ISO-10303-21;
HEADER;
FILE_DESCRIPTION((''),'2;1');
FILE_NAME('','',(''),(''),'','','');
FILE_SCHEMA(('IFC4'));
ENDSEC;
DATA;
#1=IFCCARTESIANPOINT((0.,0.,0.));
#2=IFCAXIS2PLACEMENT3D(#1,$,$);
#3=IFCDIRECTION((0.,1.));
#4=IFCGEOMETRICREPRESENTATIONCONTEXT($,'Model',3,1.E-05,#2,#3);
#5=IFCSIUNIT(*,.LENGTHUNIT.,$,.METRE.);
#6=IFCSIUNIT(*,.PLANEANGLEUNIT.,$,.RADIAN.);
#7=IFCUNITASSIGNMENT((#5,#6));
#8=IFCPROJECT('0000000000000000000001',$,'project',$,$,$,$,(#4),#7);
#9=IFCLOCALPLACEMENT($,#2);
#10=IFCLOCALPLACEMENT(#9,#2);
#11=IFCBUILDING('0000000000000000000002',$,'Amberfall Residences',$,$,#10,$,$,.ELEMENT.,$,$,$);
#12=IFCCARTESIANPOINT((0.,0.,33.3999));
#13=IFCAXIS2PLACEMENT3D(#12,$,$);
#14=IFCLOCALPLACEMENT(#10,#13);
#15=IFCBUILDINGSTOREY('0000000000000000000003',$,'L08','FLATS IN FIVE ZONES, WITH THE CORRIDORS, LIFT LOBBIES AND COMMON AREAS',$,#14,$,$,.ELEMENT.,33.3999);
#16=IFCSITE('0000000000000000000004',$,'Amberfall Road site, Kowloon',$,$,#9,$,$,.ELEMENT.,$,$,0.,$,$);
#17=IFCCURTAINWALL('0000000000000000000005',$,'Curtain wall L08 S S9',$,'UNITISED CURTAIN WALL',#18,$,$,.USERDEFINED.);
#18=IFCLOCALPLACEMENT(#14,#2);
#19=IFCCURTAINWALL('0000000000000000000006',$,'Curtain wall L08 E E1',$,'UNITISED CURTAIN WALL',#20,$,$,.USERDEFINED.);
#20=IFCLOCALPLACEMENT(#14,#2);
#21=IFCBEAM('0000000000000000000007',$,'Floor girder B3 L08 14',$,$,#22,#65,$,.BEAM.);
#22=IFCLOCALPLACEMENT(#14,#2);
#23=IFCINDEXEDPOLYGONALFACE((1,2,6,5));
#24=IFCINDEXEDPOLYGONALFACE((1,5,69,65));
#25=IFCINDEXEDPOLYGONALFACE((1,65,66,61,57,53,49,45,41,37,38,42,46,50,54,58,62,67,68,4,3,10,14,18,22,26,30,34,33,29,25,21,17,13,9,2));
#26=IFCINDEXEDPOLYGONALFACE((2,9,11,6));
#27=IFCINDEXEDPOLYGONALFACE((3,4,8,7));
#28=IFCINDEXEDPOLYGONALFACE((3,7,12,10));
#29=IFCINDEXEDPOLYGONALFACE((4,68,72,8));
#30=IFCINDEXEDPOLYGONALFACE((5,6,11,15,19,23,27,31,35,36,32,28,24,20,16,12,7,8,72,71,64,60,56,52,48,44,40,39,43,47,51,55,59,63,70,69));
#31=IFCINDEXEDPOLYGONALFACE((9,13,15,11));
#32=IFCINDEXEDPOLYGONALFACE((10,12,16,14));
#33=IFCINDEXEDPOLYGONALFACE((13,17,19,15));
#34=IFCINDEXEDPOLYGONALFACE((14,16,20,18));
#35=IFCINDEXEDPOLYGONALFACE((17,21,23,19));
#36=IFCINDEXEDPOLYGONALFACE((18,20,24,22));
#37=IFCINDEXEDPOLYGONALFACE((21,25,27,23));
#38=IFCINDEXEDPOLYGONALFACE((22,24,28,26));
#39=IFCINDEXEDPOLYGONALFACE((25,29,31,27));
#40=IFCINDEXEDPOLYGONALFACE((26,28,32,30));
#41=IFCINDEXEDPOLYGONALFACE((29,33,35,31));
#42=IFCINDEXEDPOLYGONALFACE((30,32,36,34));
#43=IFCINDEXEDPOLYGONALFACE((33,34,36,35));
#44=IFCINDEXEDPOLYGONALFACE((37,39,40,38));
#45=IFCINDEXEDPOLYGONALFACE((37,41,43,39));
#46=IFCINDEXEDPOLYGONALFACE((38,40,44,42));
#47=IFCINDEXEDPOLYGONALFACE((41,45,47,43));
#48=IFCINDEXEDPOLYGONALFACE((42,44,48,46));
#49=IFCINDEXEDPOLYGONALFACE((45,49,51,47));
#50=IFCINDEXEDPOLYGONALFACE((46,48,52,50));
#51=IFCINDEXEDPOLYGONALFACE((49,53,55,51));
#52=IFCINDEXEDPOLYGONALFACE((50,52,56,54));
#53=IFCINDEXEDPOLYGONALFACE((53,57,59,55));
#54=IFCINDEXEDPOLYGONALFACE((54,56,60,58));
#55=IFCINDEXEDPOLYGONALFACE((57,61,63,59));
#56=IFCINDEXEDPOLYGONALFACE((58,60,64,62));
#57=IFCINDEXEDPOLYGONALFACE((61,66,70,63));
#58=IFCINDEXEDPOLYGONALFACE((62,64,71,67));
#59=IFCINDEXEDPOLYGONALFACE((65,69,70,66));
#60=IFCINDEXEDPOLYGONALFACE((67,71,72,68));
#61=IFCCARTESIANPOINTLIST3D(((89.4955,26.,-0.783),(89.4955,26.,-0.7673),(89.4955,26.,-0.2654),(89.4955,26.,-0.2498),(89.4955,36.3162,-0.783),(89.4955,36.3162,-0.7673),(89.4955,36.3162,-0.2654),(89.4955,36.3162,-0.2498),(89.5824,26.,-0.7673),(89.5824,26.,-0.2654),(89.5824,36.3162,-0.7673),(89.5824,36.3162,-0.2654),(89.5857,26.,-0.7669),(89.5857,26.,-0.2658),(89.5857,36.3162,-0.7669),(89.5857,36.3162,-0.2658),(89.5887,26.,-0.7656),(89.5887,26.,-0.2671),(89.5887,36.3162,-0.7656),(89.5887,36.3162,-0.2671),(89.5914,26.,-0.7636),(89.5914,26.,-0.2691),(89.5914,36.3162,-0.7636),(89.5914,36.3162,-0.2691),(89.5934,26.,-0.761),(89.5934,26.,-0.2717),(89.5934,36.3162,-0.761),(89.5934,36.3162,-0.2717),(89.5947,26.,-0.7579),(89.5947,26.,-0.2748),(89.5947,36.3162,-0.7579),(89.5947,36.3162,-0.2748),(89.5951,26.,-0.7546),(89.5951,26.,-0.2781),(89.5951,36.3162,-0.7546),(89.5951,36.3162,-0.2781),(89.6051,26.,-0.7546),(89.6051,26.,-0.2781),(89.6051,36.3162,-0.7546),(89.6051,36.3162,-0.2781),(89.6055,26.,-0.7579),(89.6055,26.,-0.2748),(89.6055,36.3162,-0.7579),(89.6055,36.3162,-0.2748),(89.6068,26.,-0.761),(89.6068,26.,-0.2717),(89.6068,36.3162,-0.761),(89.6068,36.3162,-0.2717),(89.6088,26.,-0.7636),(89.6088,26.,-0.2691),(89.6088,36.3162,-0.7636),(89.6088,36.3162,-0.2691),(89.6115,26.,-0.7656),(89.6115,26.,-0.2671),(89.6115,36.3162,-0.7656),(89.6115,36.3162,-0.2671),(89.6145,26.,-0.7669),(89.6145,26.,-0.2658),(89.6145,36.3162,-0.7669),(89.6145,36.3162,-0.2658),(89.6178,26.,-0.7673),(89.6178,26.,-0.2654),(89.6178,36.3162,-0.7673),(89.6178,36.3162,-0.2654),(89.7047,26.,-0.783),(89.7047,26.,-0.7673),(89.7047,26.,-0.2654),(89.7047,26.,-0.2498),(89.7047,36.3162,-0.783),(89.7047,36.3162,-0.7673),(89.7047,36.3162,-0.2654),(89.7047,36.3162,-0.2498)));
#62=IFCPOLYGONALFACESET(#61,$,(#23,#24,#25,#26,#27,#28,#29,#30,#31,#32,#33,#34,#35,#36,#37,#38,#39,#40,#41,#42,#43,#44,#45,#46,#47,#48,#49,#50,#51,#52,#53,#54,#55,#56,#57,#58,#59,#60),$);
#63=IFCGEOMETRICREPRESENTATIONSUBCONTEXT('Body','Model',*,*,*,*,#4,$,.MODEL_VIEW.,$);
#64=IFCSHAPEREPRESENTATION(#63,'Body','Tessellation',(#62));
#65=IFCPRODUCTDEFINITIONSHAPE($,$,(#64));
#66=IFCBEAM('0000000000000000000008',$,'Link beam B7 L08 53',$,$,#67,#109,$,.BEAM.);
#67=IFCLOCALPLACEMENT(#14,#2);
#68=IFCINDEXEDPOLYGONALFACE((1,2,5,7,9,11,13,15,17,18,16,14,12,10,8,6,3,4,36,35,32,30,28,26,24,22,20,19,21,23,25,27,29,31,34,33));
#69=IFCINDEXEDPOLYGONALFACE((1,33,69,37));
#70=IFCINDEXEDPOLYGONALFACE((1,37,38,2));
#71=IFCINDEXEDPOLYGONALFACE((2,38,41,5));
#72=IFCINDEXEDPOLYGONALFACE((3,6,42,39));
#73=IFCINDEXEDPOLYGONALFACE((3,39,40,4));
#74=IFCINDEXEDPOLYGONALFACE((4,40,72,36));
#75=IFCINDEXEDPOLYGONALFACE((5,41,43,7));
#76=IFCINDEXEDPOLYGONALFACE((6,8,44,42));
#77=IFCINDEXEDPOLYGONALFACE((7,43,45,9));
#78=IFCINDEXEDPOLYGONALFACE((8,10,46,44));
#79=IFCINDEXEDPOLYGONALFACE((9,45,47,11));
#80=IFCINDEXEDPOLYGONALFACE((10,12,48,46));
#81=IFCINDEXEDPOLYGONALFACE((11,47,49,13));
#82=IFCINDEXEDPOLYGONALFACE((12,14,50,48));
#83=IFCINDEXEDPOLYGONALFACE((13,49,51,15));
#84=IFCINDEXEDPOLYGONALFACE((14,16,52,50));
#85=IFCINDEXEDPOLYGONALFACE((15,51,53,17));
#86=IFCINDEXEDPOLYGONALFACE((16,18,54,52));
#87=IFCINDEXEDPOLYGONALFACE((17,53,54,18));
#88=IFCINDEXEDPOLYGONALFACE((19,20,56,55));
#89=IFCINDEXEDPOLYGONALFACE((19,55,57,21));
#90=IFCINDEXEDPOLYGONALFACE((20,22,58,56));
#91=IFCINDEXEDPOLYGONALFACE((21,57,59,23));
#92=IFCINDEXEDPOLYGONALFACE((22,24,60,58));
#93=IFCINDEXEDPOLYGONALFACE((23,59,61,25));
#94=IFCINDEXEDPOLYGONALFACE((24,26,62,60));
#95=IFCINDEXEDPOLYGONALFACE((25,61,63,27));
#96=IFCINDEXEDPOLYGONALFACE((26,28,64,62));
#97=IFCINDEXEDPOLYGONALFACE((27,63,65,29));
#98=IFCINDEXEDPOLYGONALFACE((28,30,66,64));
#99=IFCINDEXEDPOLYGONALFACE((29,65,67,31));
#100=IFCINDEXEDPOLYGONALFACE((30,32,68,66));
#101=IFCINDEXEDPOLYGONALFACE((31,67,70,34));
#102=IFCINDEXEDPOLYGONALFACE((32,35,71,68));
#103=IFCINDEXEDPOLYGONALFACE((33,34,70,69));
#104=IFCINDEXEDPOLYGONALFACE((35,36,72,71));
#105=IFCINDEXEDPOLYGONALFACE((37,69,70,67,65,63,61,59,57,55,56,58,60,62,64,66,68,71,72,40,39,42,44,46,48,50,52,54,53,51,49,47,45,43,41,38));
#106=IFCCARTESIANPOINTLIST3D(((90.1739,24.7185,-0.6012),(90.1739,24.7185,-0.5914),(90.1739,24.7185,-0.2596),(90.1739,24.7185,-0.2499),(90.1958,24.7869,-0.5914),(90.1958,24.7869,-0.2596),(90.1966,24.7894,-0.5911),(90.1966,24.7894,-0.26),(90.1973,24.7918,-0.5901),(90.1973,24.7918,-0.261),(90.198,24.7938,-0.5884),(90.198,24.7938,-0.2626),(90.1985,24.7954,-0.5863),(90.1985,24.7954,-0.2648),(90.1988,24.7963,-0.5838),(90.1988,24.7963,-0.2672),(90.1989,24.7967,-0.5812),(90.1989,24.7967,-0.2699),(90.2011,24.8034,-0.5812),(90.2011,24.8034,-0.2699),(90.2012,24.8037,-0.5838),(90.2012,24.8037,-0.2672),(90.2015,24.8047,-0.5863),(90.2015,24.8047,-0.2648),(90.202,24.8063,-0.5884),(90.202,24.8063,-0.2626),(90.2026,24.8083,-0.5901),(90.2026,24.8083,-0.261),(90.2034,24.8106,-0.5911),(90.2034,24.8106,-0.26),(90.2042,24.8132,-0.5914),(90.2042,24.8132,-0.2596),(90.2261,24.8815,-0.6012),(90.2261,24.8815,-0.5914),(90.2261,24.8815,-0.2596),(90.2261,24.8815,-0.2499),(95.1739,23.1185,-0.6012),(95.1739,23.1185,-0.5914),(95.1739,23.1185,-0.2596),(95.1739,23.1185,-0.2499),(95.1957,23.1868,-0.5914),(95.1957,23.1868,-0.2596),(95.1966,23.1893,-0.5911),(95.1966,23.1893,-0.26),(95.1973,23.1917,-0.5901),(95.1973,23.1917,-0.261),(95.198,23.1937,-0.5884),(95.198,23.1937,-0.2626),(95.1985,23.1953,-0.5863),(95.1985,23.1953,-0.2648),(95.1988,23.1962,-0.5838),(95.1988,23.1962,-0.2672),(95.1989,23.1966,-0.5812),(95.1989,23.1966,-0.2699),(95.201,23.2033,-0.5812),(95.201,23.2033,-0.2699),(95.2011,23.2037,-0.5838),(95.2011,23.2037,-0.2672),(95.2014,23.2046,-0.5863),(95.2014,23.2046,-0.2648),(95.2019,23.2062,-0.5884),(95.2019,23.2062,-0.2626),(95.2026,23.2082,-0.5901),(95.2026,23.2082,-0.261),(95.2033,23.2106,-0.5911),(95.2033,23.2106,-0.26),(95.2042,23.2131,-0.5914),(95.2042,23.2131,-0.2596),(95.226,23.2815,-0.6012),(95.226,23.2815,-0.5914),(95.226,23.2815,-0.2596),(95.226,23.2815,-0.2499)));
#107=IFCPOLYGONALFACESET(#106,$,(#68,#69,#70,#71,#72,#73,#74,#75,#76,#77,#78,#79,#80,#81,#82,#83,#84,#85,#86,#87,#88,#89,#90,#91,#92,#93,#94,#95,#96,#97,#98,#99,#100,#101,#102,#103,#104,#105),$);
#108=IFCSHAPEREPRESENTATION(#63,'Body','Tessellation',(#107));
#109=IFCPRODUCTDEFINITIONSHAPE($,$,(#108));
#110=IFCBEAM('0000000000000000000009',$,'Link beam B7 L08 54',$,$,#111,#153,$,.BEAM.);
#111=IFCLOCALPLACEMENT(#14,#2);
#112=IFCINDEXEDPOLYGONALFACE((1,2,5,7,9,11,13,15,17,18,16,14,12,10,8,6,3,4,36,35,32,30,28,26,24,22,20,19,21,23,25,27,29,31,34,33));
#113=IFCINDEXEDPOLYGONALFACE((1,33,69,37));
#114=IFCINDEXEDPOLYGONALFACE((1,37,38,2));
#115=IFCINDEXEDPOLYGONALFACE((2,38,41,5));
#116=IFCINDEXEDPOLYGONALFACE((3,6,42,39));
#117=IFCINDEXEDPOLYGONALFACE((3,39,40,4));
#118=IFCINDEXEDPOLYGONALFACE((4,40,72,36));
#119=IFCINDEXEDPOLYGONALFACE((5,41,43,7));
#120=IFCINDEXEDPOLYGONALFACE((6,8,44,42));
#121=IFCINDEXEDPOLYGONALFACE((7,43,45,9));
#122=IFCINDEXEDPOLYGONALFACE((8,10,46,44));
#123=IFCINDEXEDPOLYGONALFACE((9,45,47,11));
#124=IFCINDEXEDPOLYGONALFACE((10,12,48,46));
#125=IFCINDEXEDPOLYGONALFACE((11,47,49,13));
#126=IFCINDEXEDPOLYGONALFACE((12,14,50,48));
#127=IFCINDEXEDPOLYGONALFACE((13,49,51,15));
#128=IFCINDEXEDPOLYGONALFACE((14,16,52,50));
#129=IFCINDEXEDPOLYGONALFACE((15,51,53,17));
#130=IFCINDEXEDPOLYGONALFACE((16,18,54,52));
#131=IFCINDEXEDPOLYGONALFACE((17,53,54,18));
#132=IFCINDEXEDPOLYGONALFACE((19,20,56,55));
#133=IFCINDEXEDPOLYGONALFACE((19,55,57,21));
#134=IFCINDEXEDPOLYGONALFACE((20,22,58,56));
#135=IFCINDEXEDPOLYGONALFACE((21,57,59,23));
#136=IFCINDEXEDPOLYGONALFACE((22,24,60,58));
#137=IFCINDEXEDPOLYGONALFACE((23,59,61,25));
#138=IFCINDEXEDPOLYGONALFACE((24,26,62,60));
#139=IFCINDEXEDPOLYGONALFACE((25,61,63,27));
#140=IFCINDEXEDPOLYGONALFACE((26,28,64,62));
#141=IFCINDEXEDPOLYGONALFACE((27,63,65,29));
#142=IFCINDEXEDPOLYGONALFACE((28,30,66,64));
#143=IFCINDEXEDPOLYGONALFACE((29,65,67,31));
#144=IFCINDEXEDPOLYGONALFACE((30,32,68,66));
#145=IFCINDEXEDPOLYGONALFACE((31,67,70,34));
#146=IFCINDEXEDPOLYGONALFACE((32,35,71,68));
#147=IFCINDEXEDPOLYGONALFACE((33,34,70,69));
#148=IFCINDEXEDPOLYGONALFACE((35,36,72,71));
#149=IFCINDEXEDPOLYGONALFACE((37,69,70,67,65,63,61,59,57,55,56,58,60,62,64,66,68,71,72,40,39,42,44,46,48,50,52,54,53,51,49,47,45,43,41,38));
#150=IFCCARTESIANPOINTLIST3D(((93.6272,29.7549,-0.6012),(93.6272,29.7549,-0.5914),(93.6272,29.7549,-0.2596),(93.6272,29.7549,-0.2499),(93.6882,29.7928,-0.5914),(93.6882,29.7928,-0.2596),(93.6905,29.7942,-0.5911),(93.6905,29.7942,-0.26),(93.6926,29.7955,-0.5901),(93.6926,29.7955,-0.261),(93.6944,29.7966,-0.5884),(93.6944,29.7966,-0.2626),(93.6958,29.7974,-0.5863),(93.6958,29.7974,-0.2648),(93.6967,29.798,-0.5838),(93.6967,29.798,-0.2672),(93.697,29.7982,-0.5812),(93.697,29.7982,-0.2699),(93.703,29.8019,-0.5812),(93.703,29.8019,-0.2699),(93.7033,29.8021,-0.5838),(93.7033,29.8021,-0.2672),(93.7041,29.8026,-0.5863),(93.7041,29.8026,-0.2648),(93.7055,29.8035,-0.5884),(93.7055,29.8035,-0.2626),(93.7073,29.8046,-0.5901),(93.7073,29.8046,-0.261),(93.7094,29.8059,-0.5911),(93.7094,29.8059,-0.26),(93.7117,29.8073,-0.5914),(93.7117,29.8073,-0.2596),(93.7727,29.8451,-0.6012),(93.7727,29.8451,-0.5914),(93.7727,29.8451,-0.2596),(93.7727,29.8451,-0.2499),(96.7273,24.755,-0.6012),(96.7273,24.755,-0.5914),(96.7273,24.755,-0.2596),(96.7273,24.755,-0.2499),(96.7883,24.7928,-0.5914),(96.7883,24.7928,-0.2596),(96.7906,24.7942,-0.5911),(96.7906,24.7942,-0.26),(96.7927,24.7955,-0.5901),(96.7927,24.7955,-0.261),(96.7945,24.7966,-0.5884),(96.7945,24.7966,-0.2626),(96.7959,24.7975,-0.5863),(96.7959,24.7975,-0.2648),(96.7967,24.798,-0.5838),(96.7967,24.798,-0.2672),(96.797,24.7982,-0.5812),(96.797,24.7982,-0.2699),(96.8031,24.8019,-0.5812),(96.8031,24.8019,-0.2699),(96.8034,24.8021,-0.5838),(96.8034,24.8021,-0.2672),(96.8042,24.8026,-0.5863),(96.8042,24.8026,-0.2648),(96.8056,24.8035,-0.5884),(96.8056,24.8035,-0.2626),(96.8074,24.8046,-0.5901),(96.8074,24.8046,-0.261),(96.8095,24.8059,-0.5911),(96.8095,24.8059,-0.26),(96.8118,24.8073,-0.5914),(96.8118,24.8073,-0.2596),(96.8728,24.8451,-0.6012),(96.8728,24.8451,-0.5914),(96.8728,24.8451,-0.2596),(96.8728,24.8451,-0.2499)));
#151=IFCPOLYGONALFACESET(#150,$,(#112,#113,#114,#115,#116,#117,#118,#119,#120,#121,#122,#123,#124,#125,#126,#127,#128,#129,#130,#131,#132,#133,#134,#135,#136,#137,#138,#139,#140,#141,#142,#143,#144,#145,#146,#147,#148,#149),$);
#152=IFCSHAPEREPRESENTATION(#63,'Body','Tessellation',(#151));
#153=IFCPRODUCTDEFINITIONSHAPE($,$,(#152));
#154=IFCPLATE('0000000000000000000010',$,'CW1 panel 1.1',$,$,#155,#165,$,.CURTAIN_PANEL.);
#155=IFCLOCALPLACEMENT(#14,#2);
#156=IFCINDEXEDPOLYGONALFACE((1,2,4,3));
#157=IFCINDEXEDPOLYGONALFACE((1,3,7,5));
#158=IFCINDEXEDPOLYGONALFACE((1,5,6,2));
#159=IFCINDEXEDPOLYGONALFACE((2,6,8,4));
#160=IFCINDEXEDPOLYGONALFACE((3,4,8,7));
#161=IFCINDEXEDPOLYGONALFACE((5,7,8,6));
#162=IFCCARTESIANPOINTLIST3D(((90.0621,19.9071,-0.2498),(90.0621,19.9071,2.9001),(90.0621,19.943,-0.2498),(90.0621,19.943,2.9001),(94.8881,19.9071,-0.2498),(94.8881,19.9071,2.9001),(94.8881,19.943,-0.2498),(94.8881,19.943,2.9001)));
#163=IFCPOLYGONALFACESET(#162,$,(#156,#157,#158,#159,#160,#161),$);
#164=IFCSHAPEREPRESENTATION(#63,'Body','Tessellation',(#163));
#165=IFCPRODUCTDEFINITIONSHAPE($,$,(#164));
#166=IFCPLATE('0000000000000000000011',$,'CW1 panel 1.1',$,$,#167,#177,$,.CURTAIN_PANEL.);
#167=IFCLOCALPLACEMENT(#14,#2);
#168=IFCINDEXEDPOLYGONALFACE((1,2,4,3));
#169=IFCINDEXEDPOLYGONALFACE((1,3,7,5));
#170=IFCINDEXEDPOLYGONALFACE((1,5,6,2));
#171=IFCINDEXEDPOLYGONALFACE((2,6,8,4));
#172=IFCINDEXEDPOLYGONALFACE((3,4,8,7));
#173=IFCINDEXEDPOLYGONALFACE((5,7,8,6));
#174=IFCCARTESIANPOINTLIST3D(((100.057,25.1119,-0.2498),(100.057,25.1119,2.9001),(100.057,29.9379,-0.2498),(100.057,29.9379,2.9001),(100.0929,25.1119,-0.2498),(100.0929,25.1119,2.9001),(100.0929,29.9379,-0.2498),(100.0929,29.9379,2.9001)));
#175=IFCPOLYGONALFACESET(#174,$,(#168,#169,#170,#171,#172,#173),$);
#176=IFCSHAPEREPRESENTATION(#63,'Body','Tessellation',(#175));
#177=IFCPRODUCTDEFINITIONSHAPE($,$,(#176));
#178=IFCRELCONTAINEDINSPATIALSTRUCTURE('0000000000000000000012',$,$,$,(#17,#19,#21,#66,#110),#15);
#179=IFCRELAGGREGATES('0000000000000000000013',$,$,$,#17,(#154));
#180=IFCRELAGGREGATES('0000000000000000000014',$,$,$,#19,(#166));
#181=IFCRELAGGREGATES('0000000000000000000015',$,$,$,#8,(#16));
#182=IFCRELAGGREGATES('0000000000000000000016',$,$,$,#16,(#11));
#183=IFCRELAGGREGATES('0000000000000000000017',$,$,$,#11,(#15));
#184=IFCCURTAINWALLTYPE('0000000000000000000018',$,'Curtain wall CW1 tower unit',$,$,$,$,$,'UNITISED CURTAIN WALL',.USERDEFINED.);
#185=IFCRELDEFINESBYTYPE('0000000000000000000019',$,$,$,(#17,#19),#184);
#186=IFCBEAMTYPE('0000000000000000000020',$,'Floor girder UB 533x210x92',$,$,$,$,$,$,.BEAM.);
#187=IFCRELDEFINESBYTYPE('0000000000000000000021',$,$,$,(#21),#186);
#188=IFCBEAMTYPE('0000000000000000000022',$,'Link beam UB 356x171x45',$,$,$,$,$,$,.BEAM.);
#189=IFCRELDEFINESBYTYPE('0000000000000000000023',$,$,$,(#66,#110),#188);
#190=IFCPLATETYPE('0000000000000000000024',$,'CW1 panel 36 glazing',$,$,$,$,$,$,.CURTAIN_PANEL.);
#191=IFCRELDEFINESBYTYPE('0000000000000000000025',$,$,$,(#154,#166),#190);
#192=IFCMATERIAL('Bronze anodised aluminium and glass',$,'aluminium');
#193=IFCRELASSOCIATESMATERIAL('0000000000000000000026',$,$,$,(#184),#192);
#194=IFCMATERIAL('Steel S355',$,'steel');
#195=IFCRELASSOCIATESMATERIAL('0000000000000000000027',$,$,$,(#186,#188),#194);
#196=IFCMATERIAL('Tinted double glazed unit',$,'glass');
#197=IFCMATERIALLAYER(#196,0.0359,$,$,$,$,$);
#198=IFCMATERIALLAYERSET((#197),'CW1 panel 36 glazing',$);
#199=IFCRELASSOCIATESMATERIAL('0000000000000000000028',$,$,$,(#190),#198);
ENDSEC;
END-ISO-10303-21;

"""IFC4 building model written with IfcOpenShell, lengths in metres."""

from ifc_helpers import new_model, si_unit, direction, frame, origin, origin_2d, place, context, subcontext, project, spatial, rectangle, i_section, extrude, material, layer, layer_set, material_profile, profile_set, type_object, element, aggregate, save


model = new_model("IFC4")

# Units and contexts
model_context = context("Model", 3, precision=1e-05, world=origin(), true_north=direction((0.0, 1.0)))
body_context = subcontext(model_context, "Body", "Model", "MODEL_VIEW")
ifc_project = project(units=[si_unit("LENGTHUNIT", "METRE"), si_unit("PLANEANGLEUNIT", "RADIAN")], contexts=[model_context])

# Site, building, storey
site_placement = place(None, origin())
site = spatial("IfcSite", under=ifc_project, at=site_placement, Name="Amberfall Road site, Kowloon", CompositionType="ELEMENT", RefElevation=0.0)
building_placement = place(site_placement, origin())
building = spatial("IfcBuilding", under=site, at=building_placement, Name="Amberfall Residences", CompositionType="ELEMENT")
storey_placement = place(building_placement, frame((0.0, 0.0, 33.3999)))
storey = spatial("IfcBuildingStorey", under=building, at=storey_placement, Name="L08", Description="FLATS IN FIVE ZONES, WITH THE CORRIDORS, LIFT LOBBIES AND COMMON AREAS", CompositionType="ELEMENT", Elevation=33.3999)

# Curtain walls
ifc_material_1 = material(Name="Bronze anodised aluminium and glass", Category="aluminium")
curtain_wall_type = type_object("IfcCurtainWallType", Name="Curtain wall CW1 tower unit", ElementType="UNITISED CURTAIN WALL", PredefinedType="USERDEFINED", material=ifc_material_1)
curtain_wall_1_placement = place(storey_placement, origin())
curtain_wall_1 = element("IfcCurtainWall", 1, at=curtain_wall_1_placement, inside=storey, type_object=curtain_wall_type, Name="Curtain wall L08 S S9", ObjectType="UNITISED CURTAIN WALL", PredefinedType="USERDEFINED")
curtain_wall_2_placement = place(storey_placement, origin())
curtain_wall_2 = element("IfcCurtainWall", 2, at=curtain_wall_2_placement, inside=storey, type_object=curtain_wall_type, Name="Curtain wall L08 E E1", ObjectType="UNITISED CURTAIN WALL", PredefinedType="USERDEFINED")

# Beams
ifc_material_2 = material(Name="Steel S355", Category="steel")
ifc_material_profile_1 = material_profile(ifc_material_2, i_section(OverallWidth=0.2092, OverallDepth=0.5332, WebThickness=0.01, FlangeThickness=0.0156, FilletRadius=0.0127, at=origin_2d()), Name="UB 533x210x92")
ifc_profile_set_1 = profile_set([ifc_material_profile_1], Name="Steel S355")
beam_type_1 = type_object("IfcBeamType", Name="Floor girder UB 533x210x92", PredefinedType="BEAM", material=ifc_profile_set_1)
beam_1_placement = place(storey_placement, frame((89.6001, 26.0, -0.5164), z_axis=(0.0, 1.0, 0.0), x_axis=(-1.0, 0.0, 0.0)))
element("IfcBeam", 3, at=beam_1_placement, inside=storey, type_object=beam_type_1, Name="Floor girder B3 L08 14", PredefinedType="BEAM", context=body_context, shape_type="SweptSolid", body=[
    extrude(i_section(OverallWidth=0.2092, OverallDepth=0.5332, WebThickness=0.01, FlangeThickness=0.0156, FilletRadius=0.0127, at=origin_2d()), origin(), (0.0, 0.0, 1.0), 10.3162),
])
ifc_material_profile_2 = material_profile(ifc_material_2, i_section(OverallWidth=0.1711, OverallDepth=0.3513, WebThickness=0.0071, FlangeThickness=0.0098, FilletRadius=0.0103, at=origin_2d()), Name="UB 356x171x45")
ifc_profile_set_2 = profile_set([ifc_material_profile_2], Name="Steel S355")
beam_type_2 = type_object("IfcBeamType", Name="Link beam UB 356x171x45", PredefinedType="BEAM", material=ifc_profile_set_2)
beam_2_placement = place(storey_placement, frame((95.2, 23.2, -0.4255), z_axis=(-0.952419, 0.304793, 0.0), x_axis=(-0.304793, -0.952419, 0.0)))
element("IfcBeam", 4, at=beam_2_placement, inside=storey, type_object=beam_type_2, Name="Link beam B7 L08 53", PredefinedType="BEAM", context=body_context, shape_type="SweptSolid", body=[
    extrude(i_section(OverallWidth=0.1711, OverallDepth=0.3513, WebThickness=0.0071, FlangeThickness=0.0098, FilletRadius=0.0103, at=origin_2d()), origin(), (0.0, 0.0, 1.0), 5.2498),
])
beam_3_placement = place(storey_placement, frame((96.8, 24.8, -0.4255), z_axis=(-0.526952, 0.849895, 0.0), x_axis=(-0.849895, -0.526952, 0.0)))
element("IfcBeam", 5, at=beam_3_placement, inside=storey, type_object=beam_type_2, Name="Link beam B7 L08 54", PredefinedType="BEAM", context=body_context, shape_type="SweptSolid", body=[
    extrude(i_section(OverallWidth=0.1711, OverallDepth=0.3513, WebThickness=0.0071, FlangeThickness=0.0098, FilletRadius=0.0103, at=origin_2d()), origin(), (0.0, 0.0, 1.0), 5.8831),
])

# Plates
ifc_material_3 = material(Name="Tinted double glazed unit", Category="glass")
ifc_layer_1 = layer(ifc_material_3, 0.0359)
ifc_layer_set_1 = layer_set([ifc_layer_1], Name="CW1 panel 36 glazing")
plate_type = type_object("IfcPlateType", Name="CW1 panel 36 glazing", PredefinedType="CURTAIN_PANEL", material=ifc_layer_set_1)
plate_1_placement = place(storey_placement, frame((92.4751, 19.925, -0.2498), z_axis=(0.0, 0.0, 1.0), x_axis=(1.0, 0.0, 0.0)))
plate_1 = element("IfcPlate", 6, at=plate_1_placement, type_object=plate_type, Name="CW1 panel 1.1", PredefinedType="CURTAIN_PANEL", context=body_context, shape_type="SweptSolid", body=[
    extrude(rectangle(XDim=4.8259, YDim=0.0359, at=origin_2d()), origin(), (0.0, 0.0, 1.0), 3.1499),
])
aggregate(curtain_wall_1, [plate_1])
plate_2_placement = place(storey_placement, frame((100.075, 27.5249, -0.2498), z_axis=(0.0, 0.0, 1.0), x_axis=(0.0, 1.0, 0.0)))
plate_2 = element("IfcPlate", 7, at=plate_2_placement, type_object=plate_type, Name="CW1 panel 1.1", PredefinedType="CURTAIN_PANEL", context=body_context, shape_type="SweptSolid", body=[
    extrude(rectangle(XDim=4.8259, YDim=0.0359, at=origin_2d()), origin(), (0.0, 0.0, 1.0), 3.1499),
])
aggregate(curtain_wall_2, [plate_2])

save(model, "model.ifc")
